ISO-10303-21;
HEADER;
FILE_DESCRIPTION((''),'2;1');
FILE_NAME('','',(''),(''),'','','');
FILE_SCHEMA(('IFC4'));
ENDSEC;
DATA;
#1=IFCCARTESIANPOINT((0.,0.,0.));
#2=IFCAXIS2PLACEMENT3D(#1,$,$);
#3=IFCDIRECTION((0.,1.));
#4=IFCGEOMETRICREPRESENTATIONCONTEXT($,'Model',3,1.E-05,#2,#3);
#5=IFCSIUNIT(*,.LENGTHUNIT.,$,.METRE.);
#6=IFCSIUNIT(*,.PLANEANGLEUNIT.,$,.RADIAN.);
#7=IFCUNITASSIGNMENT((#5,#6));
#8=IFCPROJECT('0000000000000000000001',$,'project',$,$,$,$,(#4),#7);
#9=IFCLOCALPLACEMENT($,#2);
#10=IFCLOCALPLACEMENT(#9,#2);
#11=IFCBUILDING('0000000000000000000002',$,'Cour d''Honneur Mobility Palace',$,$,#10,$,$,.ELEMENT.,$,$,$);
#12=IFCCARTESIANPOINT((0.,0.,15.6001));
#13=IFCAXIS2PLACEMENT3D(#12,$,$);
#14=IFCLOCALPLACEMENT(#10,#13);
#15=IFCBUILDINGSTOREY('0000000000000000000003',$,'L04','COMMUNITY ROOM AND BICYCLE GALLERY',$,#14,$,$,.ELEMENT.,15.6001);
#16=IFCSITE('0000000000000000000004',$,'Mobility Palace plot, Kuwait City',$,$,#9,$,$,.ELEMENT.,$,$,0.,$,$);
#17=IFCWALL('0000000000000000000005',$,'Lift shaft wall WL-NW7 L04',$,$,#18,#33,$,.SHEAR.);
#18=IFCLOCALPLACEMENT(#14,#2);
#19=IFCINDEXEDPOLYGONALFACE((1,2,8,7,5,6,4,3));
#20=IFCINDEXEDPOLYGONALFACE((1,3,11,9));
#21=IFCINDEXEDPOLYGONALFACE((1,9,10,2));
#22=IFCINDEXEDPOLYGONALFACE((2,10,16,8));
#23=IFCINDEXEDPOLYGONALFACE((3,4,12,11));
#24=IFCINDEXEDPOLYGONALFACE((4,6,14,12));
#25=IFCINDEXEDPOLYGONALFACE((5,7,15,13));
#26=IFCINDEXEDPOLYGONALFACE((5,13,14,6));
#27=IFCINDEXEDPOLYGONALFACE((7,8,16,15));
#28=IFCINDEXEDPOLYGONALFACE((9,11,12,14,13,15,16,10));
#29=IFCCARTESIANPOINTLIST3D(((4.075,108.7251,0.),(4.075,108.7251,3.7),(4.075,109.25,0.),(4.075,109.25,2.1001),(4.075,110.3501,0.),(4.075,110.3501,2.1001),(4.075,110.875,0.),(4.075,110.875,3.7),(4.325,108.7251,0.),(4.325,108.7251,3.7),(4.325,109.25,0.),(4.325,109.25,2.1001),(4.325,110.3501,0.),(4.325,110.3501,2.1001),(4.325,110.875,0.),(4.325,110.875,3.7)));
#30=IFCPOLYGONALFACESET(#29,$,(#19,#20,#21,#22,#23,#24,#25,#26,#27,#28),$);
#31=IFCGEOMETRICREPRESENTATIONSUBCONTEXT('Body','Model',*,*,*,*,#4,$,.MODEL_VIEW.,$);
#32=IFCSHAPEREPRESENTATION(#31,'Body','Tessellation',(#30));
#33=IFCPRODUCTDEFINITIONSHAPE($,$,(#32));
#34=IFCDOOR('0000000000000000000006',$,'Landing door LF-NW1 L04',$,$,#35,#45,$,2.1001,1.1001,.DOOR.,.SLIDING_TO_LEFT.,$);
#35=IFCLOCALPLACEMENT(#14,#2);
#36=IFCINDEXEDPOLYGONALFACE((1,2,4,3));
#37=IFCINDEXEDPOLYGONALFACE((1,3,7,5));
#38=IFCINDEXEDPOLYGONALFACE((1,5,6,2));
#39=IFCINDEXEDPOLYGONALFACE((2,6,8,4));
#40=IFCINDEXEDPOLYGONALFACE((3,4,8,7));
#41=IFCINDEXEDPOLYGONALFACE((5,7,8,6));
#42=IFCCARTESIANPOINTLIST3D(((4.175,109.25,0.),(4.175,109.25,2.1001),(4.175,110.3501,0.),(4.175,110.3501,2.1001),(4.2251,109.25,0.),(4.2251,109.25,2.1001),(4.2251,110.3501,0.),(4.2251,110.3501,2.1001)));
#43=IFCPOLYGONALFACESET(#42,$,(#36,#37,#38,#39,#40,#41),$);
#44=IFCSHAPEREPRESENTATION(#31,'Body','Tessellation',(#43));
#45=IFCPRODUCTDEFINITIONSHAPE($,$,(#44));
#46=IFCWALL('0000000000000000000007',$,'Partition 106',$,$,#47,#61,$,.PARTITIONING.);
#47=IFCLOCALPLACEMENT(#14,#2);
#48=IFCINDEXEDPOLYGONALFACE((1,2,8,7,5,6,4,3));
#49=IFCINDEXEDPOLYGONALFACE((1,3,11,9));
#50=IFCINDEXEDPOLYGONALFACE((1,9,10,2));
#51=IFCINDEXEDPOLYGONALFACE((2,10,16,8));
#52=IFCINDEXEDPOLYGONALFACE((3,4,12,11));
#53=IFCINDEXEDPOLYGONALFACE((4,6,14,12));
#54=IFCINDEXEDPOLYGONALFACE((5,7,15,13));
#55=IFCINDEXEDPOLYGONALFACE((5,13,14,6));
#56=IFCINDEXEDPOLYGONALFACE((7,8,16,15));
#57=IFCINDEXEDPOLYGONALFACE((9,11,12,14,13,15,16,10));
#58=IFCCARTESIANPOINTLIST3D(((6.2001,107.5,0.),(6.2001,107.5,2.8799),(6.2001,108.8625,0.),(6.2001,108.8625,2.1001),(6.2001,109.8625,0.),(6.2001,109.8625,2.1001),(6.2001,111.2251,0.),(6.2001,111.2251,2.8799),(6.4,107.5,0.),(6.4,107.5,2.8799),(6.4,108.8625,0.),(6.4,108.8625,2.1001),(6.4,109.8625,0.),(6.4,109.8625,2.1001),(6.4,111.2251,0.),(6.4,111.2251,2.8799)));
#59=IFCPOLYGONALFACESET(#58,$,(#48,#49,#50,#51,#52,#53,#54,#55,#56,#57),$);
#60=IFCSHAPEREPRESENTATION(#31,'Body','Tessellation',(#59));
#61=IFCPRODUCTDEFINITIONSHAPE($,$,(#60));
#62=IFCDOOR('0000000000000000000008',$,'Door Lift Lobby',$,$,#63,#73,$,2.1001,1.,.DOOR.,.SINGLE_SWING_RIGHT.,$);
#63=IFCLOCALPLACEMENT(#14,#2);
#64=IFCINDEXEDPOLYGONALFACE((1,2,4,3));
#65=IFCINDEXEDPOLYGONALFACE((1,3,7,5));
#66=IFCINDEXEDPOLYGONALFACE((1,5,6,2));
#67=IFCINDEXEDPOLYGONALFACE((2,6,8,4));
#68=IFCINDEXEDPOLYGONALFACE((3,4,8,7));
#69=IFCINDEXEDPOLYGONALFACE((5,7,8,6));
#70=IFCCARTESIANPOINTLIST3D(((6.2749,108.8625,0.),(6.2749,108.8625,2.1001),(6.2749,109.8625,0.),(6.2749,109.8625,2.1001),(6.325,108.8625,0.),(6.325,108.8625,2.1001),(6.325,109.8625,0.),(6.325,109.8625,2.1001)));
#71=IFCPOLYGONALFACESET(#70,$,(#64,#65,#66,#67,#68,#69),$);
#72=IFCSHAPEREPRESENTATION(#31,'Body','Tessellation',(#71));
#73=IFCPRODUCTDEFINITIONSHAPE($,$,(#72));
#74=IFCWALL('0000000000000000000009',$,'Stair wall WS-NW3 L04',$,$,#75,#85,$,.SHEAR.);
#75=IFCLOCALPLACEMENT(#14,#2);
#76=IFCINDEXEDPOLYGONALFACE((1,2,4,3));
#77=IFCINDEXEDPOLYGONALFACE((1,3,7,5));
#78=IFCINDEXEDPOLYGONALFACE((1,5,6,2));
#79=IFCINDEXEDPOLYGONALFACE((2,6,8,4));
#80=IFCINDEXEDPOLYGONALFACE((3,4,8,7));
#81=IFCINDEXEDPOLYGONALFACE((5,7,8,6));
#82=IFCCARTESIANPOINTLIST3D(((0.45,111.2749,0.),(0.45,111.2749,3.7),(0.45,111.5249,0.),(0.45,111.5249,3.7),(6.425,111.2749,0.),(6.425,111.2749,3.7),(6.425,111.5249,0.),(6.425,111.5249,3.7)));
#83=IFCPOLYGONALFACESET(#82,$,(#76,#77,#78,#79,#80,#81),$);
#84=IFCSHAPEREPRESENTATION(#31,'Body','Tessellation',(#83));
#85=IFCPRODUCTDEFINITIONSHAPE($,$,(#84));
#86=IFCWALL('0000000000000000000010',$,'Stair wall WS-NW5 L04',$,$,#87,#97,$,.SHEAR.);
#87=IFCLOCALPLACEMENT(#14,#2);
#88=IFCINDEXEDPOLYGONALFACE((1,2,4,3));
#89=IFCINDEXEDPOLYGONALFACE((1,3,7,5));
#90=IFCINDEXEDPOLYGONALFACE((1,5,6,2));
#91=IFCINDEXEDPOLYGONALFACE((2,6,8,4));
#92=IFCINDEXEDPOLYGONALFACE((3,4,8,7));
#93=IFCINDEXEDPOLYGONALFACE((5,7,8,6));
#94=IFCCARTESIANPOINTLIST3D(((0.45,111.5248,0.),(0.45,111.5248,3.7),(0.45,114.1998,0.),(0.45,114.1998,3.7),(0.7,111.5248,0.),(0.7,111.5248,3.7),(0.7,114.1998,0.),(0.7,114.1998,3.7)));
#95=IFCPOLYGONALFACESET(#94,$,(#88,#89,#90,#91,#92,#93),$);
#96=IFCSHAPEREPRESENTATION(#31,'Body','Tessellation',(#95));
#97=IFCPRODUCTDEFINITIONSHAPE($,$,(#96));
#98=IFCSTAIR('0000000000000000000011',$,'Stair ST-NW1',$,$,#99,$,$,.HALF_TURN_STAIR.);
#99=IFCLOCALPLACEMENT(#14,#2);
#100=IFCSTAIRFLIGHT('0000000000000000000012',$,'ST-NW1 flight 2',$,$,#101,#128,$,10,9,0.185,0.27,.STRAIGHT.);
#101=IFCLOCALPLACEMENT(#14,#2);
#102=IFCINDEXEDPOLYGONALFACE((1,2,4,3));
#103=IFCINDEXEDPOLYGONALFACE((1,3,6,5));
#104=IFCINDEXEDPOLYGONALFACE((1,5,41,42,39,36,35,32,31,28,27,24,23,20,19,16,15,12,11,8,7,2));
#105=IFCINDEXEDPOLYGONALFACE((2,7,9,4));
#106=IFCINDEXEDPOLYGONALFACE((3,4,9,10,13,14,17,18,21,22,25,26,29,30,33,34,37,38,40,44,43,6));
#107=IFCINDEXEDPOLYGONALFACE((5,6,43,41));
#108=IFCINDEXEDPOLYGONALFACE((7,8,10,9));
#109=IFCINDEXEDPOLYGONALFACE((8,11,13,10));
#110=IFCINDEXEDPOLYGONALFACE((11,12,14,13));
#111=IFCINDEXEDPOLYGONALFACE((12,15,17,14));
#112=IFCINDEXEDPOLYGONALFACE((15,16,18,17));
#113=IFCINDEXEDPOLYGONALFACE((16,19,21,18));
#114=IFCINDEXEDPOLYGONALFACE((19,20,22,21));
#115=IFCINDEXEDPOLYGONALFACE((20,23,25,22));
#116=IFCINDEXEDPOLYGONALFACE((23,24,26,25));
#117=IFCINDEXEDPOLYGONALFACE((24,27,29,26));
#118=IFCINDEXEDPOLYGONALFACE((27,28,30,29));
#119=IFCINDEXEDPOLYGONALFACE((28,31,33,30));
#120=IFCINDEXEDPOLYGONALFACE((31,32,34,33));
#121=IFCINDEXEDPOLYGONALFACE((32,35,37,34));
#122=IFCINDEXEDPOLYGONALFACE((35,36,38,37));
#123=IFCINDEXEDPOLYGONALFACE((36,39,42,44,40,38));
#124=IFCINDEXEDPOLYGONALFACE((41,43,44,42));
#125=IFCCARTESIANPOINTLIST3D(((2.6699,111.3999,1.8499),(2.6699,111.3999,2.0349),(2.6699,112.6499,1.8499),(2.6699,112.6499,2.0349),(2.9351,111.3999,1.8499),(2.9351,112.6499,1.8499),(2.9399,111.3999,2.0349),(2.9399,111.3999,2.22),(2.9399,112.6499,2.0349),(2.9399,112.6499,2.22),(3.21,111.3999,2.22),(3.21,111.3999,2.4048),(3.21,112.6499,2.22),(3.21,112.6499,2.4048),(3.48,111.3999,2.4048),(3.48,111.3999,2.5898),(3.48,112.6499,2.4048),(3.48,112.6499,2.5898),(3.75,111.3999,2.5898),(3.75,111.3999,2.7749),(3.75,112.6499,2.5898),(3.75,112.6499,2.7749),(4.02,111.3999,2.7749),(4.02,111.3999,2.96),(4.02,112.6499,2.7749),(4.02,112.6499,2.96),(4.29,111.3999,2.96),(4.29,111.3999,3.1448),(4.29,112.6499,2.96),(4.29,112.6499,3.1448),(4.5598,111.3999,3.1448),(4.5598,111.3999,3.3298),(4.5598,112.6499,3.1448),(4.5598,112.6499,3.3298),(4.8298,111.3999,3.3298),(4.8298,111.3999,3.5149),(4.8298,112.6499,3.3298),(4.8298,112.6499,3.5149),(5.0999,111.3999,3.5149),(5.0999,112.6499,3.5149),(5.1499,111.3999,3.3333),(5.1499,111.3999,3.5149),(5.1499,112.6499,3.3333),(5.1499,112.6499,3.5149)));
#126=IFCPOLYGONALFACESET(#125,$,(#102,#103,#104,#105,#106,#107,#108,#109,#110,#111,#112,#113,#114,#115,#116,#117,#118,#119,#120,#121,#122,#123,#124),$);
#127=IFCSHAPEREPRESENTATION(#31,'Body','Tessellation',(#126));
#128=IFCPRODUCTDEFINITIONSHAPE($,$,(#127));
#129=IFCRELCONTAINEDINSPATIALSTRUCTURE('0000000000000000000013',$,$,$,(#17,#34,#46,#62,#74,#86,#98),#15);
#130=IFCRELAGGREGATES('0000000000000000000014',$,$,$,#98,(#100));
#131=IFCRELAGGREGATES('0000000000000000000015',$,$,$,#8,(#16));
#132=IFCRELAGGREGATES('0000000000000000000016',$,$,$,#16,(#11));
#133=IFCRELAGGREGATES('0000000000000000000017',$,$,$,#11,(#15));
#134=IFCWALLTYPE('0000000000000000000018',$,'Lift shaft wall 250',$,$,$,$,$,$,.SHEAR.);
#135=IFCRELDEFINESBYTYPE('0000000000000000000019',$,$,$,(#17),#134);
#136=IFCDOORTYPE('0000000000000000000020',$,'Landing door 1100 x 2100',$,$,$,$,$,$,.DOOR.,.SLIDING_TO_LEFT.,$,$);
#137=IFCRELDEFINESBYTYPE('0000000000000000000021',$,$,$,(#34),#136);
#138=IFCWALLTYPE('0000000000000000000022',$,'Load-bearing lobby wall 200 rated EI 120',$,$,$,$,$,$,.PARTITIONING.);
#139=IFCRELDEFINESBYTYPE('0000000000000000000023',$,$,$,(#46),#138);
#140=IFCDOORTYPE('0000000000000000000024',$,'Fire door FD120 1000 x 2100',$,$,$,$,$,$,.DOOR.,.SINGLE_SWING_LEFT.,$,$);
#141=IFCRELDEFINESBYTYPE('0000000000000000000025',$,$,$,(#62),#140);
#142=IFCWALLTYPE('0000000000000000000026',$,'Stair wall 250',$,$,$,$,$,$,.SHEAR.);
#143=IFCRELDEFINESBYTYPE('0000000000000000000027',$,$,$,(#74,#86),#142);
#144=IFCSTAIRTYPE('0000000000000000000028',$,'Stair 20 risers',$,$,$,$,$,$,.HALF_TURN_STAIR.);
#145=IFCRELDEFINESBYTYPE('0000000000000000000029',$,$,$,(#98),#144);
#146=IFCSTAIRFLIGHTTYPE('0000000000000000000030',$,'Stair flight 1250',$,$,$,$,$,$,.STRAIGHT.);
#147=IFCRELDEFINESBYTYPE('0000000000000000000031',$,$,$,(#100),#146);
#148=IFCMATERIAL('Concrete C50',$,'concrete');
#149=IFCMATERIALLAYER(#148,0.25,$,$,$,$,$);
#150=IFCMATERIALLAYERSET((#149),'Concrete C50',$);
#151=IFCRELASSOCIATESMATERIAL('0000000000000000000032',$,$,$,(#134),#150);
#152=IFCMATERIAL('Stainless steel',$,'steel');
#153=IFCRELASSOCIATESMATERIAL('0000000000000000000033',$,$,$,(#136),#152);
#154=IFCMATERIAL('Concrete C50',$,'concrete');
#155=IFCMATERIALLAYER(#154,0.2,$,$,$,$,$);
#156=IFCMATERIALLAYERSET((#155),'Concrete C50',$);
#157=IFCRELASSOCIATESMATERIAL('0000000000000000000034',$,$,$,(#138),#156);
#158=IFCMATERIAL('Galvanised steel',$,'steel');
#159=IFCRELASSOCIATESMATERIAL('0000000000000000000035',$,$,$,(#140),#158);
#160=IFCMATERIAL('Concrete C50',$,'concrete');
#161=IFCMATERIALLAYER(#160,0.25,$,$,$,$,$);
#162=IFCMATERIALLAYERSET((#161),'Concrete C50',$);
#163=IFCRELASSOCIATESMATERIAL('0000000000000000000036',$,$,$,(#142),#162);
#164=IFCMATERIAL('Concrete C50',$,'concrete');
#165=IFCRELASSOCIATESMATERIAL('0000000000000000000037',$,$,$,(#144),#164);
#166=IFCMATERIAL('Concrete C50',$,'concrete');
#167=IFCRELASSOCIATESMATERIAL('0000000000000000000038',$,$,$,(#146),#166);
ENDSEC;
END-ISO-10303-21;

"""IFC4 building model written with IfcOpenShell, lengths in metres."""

from ifc_helpers import new_model, si_unit, direction, frame, frame_2d, origin, place, context, subcontext, project, spatial, polyline, rectangle, outline, extrude, material, layer, layer_set, type_object, element, fill, aggregate, save


model = new_model("IFC4")

# Units and contexts
model_context = context("Model", 3, precision=1e-05, world=origin(), true_north=direction((0.0, 1.0)))
body_context = subcontext(model_context, "Body", "Model", "MODEL_VIEW")
ifc_project = project(units=[si_unit("LENGTHUNIT", "METRE"), si_unit("PLANEANGLEUNIT", "RADIAN")], contexts=[model_context])

# Site, building, storey
site_placement = place(None, origin())
site = spatial("IfcSite", under=ifc_project, at=site_placement, Name="Mobility Palace plot, Kuwait City", CompositionType="ELEMENT", RefElevation=0.0)
building_placement = place(site_placement, origin())
building = spatial("IfcBuilding", under=site, at=building_placement, Name="Cour d'Honneur Mobility Palace", CompositionType="ELEMENT")
storey_placement = place(building_placement, frame((0.0, 0.0, 15.6001)))
storey = spatial("IfcBuildingStorey", under=building, at=storey_placement, Name="L04", Description="COMMUNITY ROOM AND BICYCLE GALLERY", CompositionType="ELEMENT", Elevation=15.6001)

# Shared definitions
ifc_material_1 = material(Name="Concrete C50", Category="concrete")
ifc_layer_1 = layer(ifc_material_1, 0.25)
ifc_layer_set_1 = layer_set([ifc_layer_1], Name="Concrete C50")
wall_type_1 = type_object("IfcWallType", Name="Lift shaft wall 250", PredefinedType="SHEAR", material=ifc_layer_set_1)

# Walls, openings, doors
wall_1_placement = place(storey_placement, frame((4.2, 108.7251, 0.0), z_axis=(0.0, 0.0, 1.0), x_axis=(0.0, 1.0, 0.0)))
wall_1 = element("IfcWall", 1, at=wall_1_placement, inside=storey, type_object=wall_type_1, Name="Lift shaft wall WL-NW7 L04", PredefinedType="SHEAR", context=body_context, shape_type="SweptSolid", body=[
    extrude(rectangle(XDim=2.1499, YDim=0.25, at=frame_2d((1.075, 0.0))), origin(), (0.0, 0.0, 1.0), 3.7),
])
opening_1_placement = place(wall_1_placement, frame((0.5249, 0.0, 0.0)))
opening_1 = element("IfcOpeningElement", 2, at=opening_1_placement, cuts=wall_1, PredefinedType="OPENING", context=body_context, shape_type="SweptSolid", body=[
    extrude(rectangle(XDim=1.1001, YDim=2.1001, at=frame_2d((0.55, 1.05))), frame((0.0, 0.135, 0.0), z_axis=(0.0, -1.0, 0.0), x_axis=(1.0, 0.0, 0.0)), (0.0, 0.0, 1.0), 0.27),
])
ifc_material_2 = material(Name="Stainless steel", Category="steel")
door_type_1 = type_object("IfcDoorType", Name="Landing door 1100 x 2100", OperationType="SLIDING_TO_LEFT", PredefinedType="DOOR", material=ifc_material_2)
door_1_placement = place(opening_1_placement, origin())
door_1 = element("IfcDoor", 3, at=door_1_placement, inside=storey, type_object=door_type_1, Name="Landing door LF-NW1 L04", OperationType="SLIDING_TO_LEFT", OverallHeight=2.1001, OverallWidth=1.1001, PredefinedType="DOOR", context=body_context, shape_type="SweptSolid", body=[
    extrude(rectangle(XDim=1.1001, YDim=2.1001, at=frame_2d((0.55, 1.05))), frame((0.0, 0.0249, 0.0), z_axis=(0.0, -1.0, 0.0), x_axis=(1.0, 0.0, 0.0)), (0.0, 0.0, 1.0), 0.05),
])
fill(opening_1, door_1)
ifc_material_3 = material(Name="Concrete C50", Category="concrete")
ifc_layer_2 = layer(ifc_material_3, 0.2)
ifc_layer_set_2 = layer_set([ifc_layer_2], Name="Concrete C50")
wall_type_2 = type_object("IfcWallType", Name="Load-bearing lobby wall 200 rated EI 120", PredefinedType="PARTITIONING", material=ifc_layer_set_2)
wall_2_placement = place(storey_placement, frame((6.3, 111.2251, 0.0), z_axis=(0.0, 0.0, 1.0), x_axis=(0.0, -1.0, 0.0)))
wall_2 = element("IfcWall", 4, at=wall_2_placement, inside=storey, type_object=wall_type_2, Name="Partition 106", PredefinedType="PARTITIONING", context=body_context, shape_type="SweptSolid", body=[
    extrude(rectangle(XDim=3.7251, YDim=0.2, at=frame_2d((1.8625, 0.0))), origin(), (0.0, 0.0, 1.0), 2.8799),
])
opening_2_placement = place(wall_2_placement, frame((1.3625, 0.0, 0.0)))
opening_2 = element("IfcOpeningElement", 5, at=opening_2_placement, cuts=wall_2, PredefinedType="OPENING", context=body_context, shape_type="SweptSolid", body=[
    extrude(rectangle(XDim=1.0, YDim=2.1001, at=frame_2d((0.5, 1.05))), frame((0.0, 0.1099, 0.0), z_axis=(0.0, -1.0, 0.0), x_axis=(1.0, 0.0, 0.0)), (0.0, 0.0, 1.0), 0.22),
])
ifc_material_4 = material(Name="Galvanised steel", Category="steel")
door_type_2 = type_object("IfcDoorType", Name="Fire door FD120 1000 x 2100", OperationType="SINGLE_SWING_LEFT", PredefinedType="DOOR", material=ifc_material_4)
door_2_placement = place(opening_2_placement, origin())
door_2 = element("IfcDoor", 6, at=door_2_placement, inside=storey, type_object=door_type_2, Name="Door Lift Lobby", OperationType="SINGLE_SWING_RIGHT", OverallHeight=2.1001, OverallWidth=1.0, PredefinedType="DOOR", context=body_context, shape_type="SweptSolid", body=[
    extrude(rectangle(XDim=1.0, YDim=2.1001, at=frame_2d((0.5, 1.05))), frame((0.0, 0.0249, 0.0), z_axis=(0.0, -1.0, 0.0), x_axis=(1.0, 0.0, 0.0)), (0.0, 0.0, 1.0), 0.05),
])
fill(opening_2, door_2)

# Walls
ifc_material_5 = material(Name="Concrete C50", Category="concrete")
ifc_layer_3 = layer(ifc_material_5, 0.25)
ifc_layer_set_3 = layer_set([ifc_layer_3], Name="Concrete C50")
wall_type_3 = type_object("IfcWallType", Name="Stair wall 250", PredefinedType="SHEAR", material=ifc_layer_set_3)
wall_3_placement = place(storey_placement, frame((0.45, 111.3999, 0.0), z_axis=(0.0, 0.0, 1.0), x_axis=(1.0, 0.0, 0.0)))
element("IfcWall", 7, at=wall_3_placement, inside=storey, type_object=wall_type_3, Name="Stair wall WS-NW3 L04", PredefinedType="SHEAR", context=body_context, shape_type="SweptSolid", body=[
    extrude(rectangle(XDim=5.9751, YDim=0.25, at=frame_2d((2.9875, 0.0))), origin(), (0.0, 0.0, 1.0), 3.7),
])
wall_4_placement = place(storey_placement, frame((0.575, 111.5249, 0.0), z_axis=(0.0, 0.0, 1.0), x_axis=(0.0, 1.0, 0.0)))
element("IfcWall", 8, at=wall_4_placement, inside=storey, type_object=wall_type_3, Name="Stair wall WS-NW5 L04", PredefinedType="SHEAR", context=body_context, shape_type="SweptSolid", body=[
    extrude(rectangle(XDim=2.675, YDim=0.25, at=frame_2d((1.3374, 0.0))), origin(), (0.0, 0.0, 1.0), 3.7),
])

# Stair, stair flight
ifc_material_6 = material(Name="Concrete C50", Category="concrete")
stair_type = type_object("IfcStairType", Name="Stair 20 risers", PredefinedType="HALF_TURN_STAIR", material=ifc_material_6)
stair_placement = place(storey_placement, origin())
stair = element("IfcStair", 9, at=stair_placement, inside=storey, type_object=stair_type, Name="Stair ST-NW1", PredefinedType="HALF_TURN_STAIR")
ifc_material_7 = material(Name="Concrete C50", Category="concrete")
stair_flight_type = type_object("IfcStairFlightType", Name="Stair flight 1250", PredefinedType="STRAIGHT", material=ifc_material_7)
stair_flight_placement = place(storey_placement, frame((2.6699, 112.0249, 1.8499), z_axis=(0.0, 0.0, 1.0), x_axis=(1.0, 0.0, 0.0)))
stair_flight = element("IfcStairFlight", 10, at=stair_flight_placement, type_object=stair_flight_type, Name="ST-NW1 flight 2", NumberOfRisers=10, NumberOfTreads=9, PredefinedType="STRAIGHT", RiserHeight=0.185, TreadLength=0.27, context=body_context, shape_type="SweptSolid", body=[
    extrude(outline(polyline([(0.0, 0.0), (0.0, 0.1851), (0.27, 0.1851), (0.27, 0.3701), (0.54, 0.3701), (0.54, 0.5549), (0.8101, 0.5549), (0.8101, 0.74), (1.0801, 0.74), (1.0801, 0.925), (1.3501, 0.925), (1.3501, 1.1101), (1.6201, 1.1101), (1.6201, 1.2949), (1.8899, 1.2949), (1.8899, 1.48), (2.1599, 1.48), (2.1599, 1.665), (2.4299, 1.665), (2.48, 1.665), (2.48, 1.4834), (0.2651, 0.0), (0.0, 0.0)])), frame((0.0, 0.625, 0.0), z_axis=(0.0, -1.0, 0.0), x_axis=(1.0, 0.0, 0.0)), (0.0, 0.0, 1.0), 1.25),
])
aggregate(stair, [stair_flight])

save(model, "model.ifc")
